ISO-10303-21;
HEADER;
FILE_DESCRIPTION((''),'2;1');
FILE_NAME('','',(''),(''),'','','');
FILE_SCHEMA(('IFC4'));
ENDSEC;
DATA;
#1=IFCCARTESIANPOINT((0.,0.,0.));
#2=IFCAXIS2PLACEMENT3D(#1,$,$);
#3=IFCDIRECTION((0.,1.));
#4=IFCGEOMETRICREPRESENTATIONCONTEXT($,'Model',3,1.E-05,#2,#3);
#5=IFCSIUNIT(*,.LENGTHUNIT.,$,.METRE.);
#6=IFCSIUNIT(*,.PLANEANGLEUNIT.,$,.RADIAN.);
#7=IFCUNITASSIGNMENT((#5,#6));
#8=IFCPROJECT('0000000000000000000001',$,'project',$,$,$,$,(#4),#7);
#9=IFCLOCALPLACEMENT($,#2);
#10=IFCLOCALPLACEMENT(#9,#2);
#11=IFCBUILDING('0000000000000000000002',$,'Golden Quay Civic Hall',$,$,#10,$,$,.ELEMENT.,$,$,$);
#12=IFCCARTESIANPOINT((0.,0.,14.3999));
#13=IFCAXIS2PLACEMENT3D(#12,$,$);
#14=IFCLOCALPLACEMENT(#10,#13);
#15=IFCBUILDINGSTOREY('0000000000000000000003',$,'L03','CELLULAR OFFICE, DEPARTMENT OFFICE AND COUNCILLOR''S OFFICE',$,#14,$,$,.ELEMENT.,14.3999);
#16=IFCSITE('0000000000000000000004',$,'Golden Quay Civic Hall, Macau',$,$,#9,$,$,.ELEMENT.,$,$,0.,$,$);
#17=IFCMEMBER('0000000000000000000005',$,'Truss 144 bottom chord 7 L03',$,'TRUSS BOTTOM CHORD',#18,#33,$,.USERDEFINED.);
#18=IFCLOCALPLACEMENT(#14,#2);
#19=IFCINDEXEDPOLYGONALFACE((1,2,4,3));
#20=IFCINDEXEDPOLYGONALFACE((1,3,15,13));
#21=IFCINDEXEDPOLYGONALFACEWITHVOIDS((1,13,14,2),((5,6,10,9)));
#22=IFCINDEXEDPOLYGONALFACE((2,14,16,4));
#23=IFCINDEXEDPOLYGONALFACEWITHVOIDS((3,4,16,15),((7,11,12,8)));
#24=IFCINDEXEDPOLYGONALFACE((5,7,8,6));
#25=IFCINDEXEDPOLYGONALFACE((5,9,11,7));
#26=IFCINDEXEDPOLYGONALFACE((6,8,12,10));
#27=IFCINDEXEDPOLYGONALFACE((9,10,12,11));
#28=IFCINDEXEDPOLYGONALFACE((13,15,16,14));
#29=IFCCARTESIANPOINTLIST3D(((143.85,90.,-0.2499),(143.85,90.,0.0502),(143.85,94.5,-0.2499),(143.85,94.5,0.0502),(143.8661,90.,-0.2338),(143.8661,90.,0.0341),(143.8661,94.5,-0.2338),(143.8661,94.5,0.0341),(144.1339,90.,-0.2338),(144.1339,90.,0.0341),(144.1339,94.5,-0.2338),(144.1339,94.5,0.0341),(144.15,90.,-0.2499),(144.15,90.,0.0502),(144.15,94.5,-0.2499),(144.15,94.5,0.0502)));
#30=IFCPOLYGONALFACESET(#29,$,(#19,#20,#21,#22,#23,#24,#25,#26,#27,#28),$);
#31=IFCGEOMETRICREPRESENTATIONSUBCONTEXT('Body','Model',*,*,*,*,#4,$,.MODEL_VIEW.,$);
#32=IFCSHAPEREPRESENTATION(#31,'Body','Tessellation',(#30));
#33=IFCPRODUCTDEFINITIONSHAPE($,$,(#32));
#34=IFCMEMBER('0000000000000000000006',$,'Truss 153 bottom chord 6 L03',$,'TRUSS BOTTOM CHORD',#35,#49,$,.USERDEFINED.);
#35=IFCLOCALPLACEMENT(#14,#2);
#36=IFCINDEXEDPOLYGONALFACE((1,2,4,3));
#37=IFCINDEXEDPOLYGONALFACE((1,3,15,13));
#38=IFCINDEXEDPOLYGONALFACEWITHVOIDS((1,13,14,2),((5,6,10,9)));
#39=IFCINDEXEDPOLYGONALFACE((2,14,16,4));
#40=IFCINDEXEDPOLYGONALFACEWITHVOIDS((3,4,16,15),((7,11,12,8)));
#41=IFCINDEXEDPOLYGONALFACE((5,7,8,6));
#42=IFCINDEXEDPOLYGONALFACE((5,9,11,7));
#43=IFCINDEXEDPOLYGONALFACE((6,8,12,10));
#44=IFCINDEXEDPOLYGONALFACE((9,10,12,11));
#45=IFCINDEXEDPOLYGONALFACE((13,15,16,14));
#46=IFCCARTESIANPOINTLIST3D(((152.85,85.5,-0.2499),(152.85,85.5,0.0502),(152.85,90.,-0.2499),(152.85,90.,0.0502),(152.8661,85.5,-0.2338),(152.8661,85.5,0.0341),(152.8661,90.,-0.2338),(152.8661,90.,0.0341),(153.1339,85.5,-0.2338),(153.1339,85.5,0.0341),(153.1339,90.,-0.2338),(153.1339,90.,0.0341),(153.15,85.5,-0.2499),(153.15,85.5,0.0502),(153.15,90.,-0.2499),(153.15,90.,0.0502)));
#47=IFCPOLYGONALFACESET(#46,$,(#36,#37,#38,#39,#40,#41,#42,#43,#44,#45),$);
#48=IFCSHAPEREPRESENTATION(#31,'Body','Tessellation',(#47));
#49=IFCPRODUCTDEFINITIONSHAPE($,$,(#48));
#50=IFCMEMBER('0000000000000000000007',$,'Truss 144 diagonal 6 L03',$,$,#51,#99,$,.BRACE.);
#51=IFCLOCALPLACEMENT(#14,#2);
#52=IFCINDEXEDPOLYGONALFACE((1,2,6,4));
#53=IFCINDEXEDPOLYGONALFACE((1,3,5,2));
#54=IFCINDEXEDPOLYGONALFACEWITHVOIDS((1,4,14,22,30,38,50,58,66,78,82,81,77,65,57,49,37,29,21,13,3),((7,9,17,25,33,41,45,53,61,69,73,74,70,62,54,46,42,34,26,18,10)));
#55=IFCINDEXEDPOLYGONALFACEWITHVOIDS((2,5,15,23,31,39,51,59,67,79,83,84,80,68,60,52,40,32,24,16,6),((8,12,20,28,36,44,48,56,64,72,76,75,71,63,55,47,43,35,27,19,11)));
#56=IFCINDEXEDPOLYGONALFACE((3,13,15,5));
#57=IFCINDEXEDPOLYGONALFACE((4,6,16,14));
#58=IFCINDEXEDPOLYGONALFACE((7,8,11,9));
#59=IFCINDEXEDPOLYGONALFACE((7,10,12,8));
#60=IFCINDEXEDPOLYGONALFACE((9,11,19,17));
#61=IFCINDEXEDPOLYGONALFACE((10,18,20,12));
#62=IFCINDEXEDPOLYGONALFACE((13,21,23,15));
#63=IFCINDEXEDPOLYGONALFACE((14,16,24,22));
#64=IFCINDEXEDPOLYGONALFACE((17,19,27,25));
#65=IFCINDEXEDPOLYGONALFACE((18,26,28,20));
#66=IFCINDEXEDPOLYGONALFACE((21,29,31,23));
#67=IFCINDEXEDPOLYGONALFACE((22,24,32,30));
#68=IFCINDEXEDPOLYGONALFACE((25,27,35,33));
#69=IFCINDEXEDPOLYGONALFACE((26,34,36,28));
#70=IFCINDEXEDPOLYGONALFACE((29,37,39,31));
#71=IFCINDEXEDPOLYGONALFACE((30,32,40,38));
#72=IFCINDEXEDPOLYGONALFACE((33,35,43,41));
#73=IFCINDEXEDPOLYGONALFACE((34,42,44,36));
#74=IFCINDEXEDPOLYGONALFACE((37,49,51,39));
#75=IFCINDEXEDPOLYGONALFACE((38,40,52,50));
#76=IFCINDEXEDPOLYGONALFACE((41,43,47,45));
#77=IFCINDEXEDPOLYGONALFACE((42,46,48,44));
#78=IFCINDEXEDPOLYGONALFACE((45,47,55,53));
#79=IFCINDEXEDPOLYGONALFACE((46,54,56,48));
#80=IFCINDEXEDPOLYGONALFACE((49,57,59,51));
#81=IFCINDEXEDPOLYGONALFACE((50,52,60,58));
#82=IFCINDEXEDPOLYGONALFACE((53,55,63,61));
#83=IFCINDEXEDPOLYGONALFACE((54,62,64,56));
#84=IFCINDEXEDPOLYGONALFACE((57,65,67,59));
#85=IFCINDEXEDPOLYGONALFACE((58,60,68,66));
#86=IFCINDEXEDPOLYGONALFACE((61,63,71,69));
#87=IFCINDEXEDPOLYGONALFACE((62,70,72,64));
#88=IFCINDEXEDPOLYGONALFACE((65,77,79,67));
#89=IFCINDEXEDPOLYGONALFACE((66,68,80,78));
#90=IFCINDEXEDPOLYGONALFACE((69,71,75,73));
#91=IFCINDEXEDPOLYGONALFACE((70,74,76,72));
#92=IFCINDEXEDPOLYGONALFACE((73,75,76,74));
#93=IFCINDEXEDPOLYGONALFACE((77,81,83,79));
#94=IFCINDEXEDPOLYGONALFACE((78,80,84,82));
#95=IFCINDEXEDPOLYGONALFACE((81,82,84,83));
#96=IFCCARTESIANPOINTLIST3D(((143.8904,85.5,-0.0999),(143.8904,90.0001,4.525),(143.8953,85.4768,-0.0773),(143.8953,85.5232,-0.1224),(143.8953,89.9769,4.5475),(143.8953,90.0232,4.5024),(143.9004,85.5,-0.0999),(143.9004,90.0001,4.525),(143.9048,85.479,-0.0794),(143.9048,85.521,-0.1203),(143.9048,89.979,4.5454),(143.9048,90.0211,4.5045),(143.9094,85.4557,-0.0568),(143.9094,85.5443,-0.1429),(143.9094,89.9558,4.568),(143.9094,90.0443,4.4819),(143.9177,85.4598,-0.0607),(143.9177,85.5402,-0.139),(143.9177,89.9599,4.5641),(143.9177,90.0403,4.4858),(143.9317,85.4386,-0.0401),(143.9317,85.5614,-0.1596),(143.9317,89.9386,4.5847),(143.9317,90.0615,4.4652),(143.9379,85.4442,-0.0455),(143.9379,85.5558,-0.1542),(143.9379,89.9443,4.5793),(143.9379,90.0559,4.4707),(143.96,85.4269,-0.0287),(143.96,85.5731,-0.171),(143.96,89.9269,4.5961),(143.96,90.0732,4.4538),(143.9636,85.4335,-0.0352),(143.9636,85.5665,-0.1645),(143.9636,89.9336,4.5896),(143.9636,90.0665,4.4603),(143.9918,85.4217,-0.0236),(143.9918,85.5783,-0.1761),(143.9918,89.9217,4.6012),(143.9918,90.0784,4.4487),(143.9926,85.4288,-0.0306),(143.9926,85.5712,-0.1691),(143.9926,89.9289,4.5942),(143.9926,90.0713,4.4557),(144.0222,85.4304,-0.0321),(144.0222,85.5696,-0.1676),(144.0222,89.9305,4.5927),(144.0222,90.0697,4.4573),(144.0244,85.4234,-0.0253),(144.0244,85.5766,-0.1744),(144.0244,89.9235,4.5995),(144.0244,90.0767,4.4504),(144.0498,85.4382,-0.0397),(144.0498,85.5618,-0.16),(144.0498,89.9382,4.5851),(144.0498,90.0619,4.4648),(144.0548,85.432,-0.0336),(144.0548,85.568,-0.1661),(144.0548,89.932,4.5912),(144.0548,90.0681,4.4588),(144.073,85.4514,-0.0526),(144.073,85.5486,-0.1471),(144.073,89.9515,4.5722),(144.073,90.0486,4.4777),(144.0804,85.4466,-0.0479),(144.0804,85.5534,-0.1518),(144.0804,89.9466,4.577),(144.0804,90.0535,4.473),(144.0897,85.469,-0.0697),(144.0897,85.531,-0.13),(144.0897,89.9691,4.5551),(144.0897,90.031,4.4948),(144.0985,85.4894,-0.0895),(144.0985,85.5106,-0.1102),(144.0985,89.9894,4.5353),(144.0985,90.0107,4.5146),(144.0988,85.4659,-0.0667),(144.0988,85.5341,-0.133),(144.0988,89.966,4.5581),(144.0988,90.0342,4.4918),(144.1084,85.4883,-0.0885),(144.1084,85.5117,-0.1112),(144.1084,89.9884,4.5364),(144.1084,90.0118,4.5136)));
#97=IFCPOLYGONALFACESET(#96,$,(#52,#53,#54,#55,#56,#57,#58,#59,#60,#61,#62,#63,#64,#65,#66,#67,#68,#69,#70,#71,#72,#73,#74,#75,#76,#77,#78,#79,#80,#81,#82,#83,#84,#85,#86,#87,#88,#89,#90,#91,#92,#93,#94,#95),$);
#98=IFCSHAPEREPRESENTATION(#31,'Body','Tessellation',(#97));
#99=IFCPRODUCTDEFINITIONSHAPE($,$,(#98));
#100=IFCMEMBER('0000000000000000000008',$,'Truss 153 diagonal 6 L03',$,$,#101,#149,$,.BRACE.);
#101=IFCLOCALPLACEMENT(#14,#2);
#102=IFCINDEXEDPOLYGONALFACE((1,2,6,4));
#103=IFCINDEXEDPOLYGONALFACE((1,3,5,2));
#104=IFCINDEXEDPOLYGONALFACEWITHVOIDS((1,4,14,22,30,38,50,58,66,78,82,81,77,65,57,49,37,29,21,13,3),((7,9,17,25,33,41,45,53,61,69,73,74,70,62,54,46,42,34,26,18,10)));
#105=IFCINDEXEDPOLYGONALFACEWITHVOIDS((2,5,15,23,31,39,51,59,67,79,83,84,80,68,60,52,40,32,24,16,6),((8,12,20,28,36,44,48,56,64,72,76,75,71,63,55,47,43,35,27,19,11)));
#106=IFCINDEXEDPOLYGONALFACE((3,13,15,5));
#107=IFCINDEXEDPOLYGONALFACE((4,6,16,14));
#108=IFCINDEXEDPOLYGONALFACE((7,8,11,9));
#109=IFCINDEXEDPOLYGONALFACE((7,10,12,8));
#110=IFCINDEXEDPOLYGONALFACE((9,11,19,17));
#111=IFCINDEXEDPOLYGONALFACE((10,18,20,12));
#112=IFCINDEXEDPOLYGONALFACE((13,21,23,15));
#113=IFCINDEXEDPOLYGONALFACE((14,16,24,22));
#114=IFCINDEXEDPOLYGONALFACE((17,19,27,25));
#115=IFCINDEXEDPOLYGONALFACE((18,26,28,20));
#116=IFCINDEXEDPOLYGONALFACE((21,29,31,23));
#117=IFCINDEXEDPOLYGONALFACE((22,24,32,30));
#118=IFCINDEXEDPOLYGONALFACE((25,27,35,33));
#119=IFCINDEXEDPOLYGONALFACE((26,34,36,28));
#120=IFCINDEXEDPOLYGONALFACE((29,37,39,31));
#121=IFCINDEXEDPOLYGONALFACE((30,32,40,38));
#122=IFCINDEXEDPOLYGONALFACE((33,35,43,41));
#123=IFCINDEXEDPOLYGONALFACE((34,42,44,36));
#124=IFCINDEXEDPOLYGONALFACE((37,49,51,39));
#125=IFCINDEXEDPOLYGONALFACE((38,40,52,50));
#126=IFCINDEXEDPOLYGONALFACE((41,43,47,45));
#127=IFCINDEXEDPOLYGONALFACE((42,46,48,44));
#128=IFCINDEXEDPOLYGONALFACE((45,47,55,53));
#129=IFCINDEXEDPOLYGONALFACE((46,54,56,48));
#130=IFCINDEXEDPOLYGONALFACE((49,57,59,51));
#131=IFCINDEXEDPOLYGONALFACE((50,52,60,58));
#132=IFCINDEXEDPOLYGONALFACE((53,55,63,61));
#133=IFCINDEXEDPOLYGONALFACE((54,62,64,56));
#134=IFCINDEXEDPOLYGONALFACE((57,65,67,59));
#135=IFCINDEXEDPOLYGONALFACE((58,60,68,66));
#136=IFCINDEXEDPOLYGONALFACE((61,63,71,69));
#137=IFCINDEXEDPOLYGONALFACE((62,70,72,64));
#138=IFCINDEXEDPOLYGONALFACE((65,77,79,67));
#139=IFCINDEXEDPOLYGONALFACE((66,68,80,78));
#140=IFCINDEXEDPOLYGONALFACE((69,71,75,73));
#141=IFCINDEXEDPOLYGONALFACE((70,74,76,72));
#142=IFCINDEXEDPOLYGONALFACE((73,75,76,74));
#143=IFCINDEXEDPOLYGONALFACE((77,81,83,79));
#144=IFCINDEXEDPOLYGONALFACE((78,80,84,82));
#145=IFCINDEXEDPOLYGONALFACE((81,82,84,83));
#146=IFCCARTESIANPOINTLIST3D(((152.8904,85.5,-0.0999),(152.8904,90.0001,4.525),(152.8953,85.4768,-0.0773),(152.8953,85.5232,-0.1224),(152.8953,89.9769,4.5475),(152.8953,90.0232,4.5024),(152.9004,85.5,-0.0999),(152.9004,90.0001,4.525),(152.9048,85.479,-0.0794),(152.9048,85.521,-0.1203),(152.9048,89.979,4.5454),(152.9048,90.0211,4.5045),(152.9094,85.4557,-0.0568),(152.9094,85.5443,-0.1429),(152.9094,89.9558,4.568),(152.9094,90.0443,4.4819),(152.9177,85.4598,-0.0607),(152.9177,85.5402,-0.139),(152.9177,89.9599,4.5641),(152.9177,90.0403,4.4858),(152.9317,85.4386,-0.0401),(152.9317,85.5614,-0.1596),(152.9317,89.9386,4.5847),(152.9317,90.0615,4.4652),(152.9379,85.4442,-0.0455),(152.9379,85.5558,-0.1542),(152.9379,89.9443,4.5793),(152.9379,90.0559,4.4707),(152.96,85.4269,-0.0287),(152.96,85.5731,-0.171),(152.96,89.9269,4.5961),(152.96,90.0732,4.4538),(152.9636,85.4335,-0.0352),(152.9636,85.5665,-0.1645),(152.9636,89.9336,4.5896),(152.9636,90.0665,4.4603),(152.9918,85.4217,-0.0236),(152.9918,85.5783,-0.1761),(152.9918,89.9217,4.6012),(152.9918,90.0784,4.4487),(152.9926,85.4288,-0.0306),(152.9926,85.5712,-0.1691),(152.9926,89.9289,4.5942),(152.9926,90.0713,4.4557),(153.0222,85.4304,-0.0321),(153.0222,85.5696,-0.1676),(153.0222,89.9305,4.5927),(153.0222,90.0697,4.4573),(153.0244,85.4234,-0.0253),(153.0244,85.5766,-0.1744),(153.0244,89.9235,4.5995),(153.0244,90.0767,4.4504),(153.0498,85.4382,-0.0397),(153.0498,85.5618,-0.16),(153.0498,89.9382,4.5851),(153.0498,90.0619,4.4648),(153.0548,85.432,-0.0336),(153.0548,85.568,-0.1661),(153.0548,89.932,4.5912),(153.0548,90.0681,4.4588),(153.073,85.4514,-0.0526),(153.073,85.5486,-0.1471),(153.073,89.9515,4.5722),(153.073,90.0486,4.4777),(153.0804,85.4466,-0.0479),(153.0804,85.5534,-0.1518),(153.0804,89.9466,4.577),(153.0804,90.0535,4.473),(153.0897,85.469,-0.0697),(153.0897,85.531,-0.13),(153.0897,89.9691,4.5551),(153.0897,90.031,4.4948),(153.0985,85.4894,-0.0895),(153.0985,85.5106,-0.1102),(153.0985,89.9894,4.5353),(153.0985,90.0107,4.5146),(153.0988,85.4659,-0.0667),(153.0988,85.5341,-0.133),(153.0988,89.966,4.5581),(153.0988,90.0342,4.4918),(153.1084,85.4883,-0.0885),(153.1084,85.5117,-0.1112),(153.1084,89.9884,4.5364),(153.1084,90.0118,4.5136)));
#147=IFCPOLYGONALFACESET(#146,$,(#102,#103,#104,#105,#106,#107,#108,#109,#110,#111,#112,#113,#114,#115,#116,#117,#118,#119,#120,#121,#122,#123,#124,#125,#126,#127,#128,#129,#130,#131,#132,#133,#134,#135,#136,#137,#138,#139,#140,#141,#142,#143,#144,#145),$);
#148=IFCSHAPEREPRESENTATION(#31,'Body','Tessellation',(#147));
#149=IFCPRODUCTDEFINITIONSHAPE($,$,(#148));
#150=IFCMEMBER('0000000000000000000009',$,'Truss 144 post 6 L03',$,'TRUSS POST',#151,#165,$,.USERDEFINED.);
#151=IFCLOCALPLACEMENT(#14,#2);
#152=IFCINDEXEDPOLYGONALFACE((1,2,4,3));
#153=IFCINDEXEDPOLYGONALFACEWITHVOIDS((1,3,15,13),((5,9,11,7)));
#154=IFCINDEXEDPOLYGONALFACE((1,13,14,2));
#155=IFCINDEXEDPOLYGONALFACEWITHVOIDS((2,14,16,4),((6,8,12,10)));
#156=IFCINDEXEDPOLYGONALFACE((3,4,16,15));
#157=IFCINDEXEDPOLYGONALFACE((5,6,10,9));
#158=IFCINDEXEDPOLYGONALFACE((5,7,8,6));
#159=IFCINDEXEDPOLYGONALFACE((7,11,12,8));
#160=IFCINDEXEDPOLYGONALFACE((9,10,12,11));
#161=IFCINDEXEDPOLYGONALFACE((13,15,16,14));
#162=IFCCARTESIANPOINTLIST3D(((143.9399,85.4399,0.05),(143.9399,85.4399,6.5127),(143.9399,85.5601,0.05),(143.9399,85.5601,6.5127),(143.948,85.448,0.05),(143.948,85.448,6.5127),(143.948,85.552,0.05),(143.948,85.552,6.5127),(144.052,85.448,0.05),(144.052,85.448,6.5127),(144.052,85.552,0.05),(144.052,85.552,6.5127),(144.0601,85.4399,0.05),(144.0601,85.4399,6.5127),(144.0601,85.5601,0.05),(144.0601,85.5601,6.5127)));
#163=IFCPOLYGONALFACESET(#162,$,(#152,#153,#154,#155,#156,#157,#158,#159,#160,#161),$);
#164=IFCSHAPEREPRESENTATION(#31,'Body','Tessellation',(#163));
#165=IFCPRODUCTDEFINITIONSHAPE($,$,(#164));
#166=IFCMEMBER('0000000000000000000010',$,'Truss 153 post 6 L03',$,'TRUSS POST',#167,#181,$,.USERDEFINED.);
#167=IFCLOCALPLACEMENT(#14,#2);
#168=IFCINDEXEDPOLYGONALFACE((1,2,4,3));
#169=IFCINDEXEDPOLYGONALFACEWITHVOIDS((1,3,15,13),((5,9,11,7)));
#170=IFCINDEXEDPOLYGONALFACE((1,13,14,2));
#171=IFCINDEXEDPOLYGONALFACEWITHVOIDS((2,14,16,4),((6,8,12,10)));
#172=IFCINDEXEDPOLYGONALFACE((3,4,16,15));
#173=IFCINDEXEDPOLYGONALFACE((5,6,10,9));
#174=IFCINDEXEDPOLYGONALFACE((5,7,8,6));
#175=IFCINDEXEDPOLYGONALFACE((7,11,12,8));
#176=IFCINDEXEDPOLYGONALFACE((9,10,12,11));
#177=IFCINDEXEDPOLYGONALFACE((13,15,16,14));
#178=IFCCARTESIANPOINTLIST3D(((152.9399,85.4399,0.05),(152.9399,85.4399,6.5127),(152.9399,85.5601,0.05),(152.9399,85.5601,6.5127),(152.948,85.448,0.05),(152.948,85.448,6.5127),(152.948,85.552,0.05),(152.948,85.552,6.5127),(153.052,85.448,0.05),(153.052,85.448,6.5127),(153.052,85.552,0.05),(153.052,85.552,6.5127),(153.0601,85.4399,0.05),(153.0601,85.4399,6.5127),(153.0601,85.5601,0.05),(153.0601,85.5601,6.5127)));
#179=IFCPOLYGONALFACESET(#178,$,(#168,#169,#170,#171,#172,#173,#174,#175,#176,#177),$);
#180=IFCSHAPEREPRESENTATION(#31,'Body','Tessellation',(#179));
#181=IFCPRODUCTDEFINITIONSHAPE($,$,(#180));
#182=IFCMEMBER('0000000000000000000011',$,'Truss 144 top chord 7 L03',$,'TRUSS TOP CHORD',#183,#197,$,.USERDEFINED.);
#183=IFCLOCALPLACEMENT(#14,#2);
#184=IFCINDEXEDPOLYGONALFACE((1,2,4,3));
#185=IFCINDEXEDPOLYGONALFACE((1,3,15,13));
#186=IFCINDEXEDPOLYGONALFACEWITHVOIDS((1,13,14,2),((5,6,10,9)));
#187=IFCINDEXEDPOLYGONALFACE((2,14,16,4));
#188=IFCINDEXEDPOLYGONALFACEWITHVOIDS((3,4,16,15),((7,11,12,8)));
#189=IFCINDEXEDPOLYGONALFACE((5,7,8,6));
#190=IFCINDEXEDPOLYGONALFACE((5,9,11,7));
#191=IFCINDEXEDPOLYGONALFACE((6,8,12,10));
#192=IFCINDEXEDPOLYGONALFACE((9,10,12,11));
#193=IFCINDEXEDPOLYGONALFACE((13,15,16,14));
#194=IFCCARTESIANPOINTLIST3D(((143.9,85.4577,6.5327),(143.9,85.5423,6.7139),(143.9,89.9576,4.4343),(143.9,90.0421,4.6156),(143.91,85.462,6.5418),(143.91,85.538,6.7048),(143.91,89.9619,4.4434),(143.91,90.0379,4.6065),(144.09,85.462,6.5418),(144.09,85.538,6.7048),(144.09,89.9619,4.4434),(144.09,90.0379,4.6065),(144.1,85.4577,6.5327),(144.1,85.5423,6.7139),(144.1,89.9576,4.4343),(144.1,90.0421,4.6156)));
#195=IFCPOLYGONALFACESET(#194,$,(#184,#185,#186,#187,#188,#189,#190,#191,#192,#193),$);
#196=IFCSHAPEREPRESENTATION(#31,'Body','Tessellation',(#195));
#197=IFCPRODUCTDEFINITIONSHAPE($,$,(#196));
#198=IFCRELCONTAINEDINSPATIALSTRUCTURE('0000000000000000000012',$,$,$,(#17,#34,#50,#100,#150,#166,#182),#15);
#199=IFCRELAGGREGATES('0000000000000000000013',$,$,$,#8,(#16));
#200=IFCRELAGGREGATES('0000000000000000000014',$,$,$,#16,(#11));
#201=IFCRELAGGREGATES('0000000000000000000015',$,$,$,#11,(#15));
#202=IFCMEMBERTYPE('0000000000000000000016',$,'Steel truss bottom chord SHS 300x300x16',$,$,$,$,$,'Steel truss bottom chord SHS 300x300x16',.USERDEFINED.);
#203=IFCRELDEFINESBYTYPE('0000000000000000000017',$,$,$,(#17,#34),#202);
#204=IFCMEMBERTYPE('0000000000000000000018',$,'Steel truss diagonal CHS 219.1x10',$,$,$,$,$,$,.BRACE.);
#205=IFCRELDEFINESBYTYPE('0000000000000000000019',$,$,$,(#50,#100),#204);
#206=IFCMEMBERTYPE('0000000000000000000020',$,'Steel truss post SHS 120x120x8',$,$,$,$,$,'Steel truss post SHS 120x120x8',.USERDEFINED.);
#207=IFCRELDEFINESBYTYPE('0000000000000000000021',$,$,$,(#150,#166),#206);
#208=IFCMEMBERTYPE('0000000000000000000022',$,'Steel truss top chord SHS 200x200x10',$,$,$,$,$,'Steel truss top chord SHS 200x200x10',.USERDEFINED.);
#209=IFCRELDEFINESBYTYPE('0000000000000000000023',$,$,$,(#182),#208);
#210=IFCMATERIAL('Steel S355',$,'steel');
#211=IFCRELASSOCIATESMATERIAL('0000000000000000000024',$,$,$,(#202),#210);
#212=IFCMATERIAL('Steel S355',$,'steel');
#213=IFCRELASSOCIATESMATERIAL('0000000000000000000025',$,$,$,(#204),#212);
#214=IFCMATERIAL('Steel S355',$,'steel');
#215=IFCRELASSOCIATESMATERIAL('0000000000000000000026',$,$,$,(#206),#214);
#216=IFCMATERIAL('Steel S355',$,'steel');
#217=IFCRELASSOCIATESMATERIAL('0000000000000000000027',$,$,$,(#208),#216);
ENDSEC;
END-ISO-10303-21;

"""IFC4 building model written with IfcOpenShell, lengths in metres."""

from ifc_helpers import new_model, si_unit, direction, frame, origin, origin_2d, place, context, subcontext, project, spatial, hollow_rectangle, hollow_circle, extrude, material, material_profile, profile_set, type_object, element, save


model = new_model("IFC4")

# Units and contexts
model_context = context("Model", 3, precision=1e-05, world=origin(), true_north=direction((0.0, 1.0)))
body_context = subcontext(model_context, "Body", "Model", "MODEL_VIEW")
ifc_project = project(units=[si_unit("LENGTHUNIT", "METRE"), si_unit("PLANEANGLEUNIT", "RADIAN")], contexts=[model_context])

# Site, building, storey
site_placement = place(None, origin())
site = spatial("IfcSite", under=ifc_project, at=site_placement, Name="Golden Quay Civic Hall, Macau", CompositionType="ELEMENT", RefElevation=0.0)
building_placement = place(site_placement, origin())
building = spatial("IfcBuilding", under=site, at=building_placement, Name="Golden Quay Civic Hall", CompositionType="ELEMENT")
storey_placement = place(building_placement, frame((0.0, 0.0, 14.3999)))
storey = spatial("IfcBuildingStorey", under=building, at=storey_placement, Name="L03", Description="CELLULAR OFFICE, DEPARTMENT OFFICE AND COUNCILLOR'S OFFICE", CompositionType="ELEMENT", Elevation=14.3999)

# Members
ifc_material_1 = material(Name="Steel S355", Category="steel")
ifc_material_profile_1 = material_profile(ifc_material_1, hollow_rectangle(XDim=0.3, YDim=0.3, WallThickness=0.0161, at=origin_2d()), Name="SHS 300x300x16")
ifc_profile_set_1 = profile_set([ifc_material_profile_1], Name="Steel S355")
member_type_1 = type_object("IfcMemberType", Name="Steel truss bottom chord SHS 300x300x16", ElementType="Steel truss bottom chord SHS 300x300x16", PredefinedType="USERDEFINED", material=ifc_profile_set_1)
for number, where, z_axis, x_axis, name in (
    (1, (144.0, 90.0, -0.0999), (0.0, 1.0, 0.0), (-1.0, 0.0, 0.0), "Truss 144 bottom chord 7 L03"),
    (2, (153.0, 85.5, -0.0999), (0.0, 1.0, 0.0), (-1.0, 0.0, 0.0), "Truss 153 bottom chord 6 L03"),
):
    element("IfcMember", number, at=place(storey_placement, frame(where, z_axis=z_axis, x_axis=x_axis)), inside=storey, type_object=member_type_1, Name=name, ObjectType="TRUSS BOTTOM CHORD", PredefinedType="USERDEFINED", context=body_context, shape_type="SweptSolid", body=[
        extrude(hollow_rectangle(XDim=0.3, YDim=0.3, WallThickness=0.0161, at=origin_2d()), origin(), (0.0, 0.0, 1.0), 4.5),
    ])
ifc_material_2 = material(Name="Steel S355", Category="steel")
ifc_material_profile_2 = material_profile(ifc_material_2, hollow_circle(Radius=0.1096, WallThickness=0.01, at=origin_2d()), Name="CHS 219.1x10")
ifc_profile_set_2 = profile_set([ifc_material_profile_2], Name="Steel S355")
member_type_2 = type_object("IfcMemberType", Name="Steel truss diagonal CHS 219.1x10", PredefinedType="BRACE", material=ifc_profile_set_2)
for number, where, z_axis, x_axis, name in (
    (3, (144.0, 85.5, -0.0999), (0.0, 0.697374, 0.716708), (-1.0, 0.0, 0.0), "Truss 144 diagonal 6 L03"),
    (4, (153.0, 85.5, -0.0999), (0.0, 0.697374, 0.716708), (-1.0, 0.0, 0.0), "Truss 153 diagonal 6 L03"),
):
    element("IfcMember", number, at=place(storey_placement, frame(where, z_axis=z_axis, x_axis=x_axis)), inside=storey, type_object=member_type_2, Name=name, PredefinedType="BRACE", context=body_context, shape_type="SweptSolid", body=[
        extrude(hollow_circle(Radius=0.1096, WallThickness=0.01, at=origin_2d()), origin(), (0.0, 0.0, 1.0), 6.4529),
    ])
ifc_material_3 = material(Name="Steel S355", Category="steel")
ifc_material_profile_3 = material_profile(ifc_material_3, hollow_rectangle(XDim=0.1201, YDim=0.1201, WallThickness=0.0081, at=origin_2d()), Name="SHS 120x120x8")
ifc_profile_set_3 = profile_set([ifc_material_profile_3], Name="Steel S355")
member_type_3 = type_object("IfcMemberType", Name="Steel truss post SHS 120x120x8", ElementType="Steel truss post SHS 120x120x8", PredefinedType="USERDEFINED", material=ifc_profile_set_3)
for number, where, z_axis, x_axis, name in (
    (5, (144.0, 85.5, 0.05), (0.0, 0.0, 1.0), (1.0, 0.0, 0.0), "Truss 144 post 6 L03"),
    (6, (153.0, 85.5, 0.05), (0.0, 0.0, 1.0), (1.0, 0.0, 0.0), "Truss 153 post 6 L03"),
):
    element("IfcMember", number, at=place(storey_placement, frame(where, z_axis=z_axis, x_axis=x_axis)), inside=storey, type_object=member_type_3, Name=name, ObjectType="TRUSS POST", PredefinedType="USERDEFINED", context=body_context, shape_type="SweptSolid", body=[
        extrude(hollow_rectangle(XDim=0.1201, YDim=0.1201, WallThickness=0.0081, at=origin_2d()), origin(), (0.0, 0.0, 1.0), 6.4626),
    ])
ifc_material_4 = material(Name="Steel S355", Category="steel")
ifc_material_profile_4 = material_profile(ifc_material_4, hollow_rectangle(XDim=0.2, YDim=0.2, WallThickness=0.01, at=origin_2d()), Name="SHS 200x200x10")
ifc_profile_set_4 = profile_set([ifc_material_profile_4], Name="Steel S355")
member_type_4 = type_object("IfcMemberType", Name="Steel truss top chord SHS 200x200x10", ElementType="Steel truss top chord SHS 200x200x10", PredefinedType="USERDEFINED", material=ifc_profile_set_4)
for number, where, z_axis, x_axis, name in (
    (7, (144.0, 85.5, 6.6233), (0.0, 0.906307, -0.422619), (-1.0, 0.0, 0.0), "Truss 144 top chord 7 L03"),
):
    element("IfcMember", number, at=place(storey_placement, frame(where, z_axis=z_axis, x_axis=x_axis)), inside=storey, type_object=member_type_4, Name=name, ObjectType="TRUSS TOP CHORD", PredefinedType="USERDEFINED", context=body_context, shape_type="SweptSolid", body=[
        extrude(hollow_rectangle(XDim=0.2, YDim=0.2, WallThickness=0.01, at=origin_2d()), origin(), (0.0, 0.0, 1.0), 4.9651),
    ])

save(model, "model.ifc")
